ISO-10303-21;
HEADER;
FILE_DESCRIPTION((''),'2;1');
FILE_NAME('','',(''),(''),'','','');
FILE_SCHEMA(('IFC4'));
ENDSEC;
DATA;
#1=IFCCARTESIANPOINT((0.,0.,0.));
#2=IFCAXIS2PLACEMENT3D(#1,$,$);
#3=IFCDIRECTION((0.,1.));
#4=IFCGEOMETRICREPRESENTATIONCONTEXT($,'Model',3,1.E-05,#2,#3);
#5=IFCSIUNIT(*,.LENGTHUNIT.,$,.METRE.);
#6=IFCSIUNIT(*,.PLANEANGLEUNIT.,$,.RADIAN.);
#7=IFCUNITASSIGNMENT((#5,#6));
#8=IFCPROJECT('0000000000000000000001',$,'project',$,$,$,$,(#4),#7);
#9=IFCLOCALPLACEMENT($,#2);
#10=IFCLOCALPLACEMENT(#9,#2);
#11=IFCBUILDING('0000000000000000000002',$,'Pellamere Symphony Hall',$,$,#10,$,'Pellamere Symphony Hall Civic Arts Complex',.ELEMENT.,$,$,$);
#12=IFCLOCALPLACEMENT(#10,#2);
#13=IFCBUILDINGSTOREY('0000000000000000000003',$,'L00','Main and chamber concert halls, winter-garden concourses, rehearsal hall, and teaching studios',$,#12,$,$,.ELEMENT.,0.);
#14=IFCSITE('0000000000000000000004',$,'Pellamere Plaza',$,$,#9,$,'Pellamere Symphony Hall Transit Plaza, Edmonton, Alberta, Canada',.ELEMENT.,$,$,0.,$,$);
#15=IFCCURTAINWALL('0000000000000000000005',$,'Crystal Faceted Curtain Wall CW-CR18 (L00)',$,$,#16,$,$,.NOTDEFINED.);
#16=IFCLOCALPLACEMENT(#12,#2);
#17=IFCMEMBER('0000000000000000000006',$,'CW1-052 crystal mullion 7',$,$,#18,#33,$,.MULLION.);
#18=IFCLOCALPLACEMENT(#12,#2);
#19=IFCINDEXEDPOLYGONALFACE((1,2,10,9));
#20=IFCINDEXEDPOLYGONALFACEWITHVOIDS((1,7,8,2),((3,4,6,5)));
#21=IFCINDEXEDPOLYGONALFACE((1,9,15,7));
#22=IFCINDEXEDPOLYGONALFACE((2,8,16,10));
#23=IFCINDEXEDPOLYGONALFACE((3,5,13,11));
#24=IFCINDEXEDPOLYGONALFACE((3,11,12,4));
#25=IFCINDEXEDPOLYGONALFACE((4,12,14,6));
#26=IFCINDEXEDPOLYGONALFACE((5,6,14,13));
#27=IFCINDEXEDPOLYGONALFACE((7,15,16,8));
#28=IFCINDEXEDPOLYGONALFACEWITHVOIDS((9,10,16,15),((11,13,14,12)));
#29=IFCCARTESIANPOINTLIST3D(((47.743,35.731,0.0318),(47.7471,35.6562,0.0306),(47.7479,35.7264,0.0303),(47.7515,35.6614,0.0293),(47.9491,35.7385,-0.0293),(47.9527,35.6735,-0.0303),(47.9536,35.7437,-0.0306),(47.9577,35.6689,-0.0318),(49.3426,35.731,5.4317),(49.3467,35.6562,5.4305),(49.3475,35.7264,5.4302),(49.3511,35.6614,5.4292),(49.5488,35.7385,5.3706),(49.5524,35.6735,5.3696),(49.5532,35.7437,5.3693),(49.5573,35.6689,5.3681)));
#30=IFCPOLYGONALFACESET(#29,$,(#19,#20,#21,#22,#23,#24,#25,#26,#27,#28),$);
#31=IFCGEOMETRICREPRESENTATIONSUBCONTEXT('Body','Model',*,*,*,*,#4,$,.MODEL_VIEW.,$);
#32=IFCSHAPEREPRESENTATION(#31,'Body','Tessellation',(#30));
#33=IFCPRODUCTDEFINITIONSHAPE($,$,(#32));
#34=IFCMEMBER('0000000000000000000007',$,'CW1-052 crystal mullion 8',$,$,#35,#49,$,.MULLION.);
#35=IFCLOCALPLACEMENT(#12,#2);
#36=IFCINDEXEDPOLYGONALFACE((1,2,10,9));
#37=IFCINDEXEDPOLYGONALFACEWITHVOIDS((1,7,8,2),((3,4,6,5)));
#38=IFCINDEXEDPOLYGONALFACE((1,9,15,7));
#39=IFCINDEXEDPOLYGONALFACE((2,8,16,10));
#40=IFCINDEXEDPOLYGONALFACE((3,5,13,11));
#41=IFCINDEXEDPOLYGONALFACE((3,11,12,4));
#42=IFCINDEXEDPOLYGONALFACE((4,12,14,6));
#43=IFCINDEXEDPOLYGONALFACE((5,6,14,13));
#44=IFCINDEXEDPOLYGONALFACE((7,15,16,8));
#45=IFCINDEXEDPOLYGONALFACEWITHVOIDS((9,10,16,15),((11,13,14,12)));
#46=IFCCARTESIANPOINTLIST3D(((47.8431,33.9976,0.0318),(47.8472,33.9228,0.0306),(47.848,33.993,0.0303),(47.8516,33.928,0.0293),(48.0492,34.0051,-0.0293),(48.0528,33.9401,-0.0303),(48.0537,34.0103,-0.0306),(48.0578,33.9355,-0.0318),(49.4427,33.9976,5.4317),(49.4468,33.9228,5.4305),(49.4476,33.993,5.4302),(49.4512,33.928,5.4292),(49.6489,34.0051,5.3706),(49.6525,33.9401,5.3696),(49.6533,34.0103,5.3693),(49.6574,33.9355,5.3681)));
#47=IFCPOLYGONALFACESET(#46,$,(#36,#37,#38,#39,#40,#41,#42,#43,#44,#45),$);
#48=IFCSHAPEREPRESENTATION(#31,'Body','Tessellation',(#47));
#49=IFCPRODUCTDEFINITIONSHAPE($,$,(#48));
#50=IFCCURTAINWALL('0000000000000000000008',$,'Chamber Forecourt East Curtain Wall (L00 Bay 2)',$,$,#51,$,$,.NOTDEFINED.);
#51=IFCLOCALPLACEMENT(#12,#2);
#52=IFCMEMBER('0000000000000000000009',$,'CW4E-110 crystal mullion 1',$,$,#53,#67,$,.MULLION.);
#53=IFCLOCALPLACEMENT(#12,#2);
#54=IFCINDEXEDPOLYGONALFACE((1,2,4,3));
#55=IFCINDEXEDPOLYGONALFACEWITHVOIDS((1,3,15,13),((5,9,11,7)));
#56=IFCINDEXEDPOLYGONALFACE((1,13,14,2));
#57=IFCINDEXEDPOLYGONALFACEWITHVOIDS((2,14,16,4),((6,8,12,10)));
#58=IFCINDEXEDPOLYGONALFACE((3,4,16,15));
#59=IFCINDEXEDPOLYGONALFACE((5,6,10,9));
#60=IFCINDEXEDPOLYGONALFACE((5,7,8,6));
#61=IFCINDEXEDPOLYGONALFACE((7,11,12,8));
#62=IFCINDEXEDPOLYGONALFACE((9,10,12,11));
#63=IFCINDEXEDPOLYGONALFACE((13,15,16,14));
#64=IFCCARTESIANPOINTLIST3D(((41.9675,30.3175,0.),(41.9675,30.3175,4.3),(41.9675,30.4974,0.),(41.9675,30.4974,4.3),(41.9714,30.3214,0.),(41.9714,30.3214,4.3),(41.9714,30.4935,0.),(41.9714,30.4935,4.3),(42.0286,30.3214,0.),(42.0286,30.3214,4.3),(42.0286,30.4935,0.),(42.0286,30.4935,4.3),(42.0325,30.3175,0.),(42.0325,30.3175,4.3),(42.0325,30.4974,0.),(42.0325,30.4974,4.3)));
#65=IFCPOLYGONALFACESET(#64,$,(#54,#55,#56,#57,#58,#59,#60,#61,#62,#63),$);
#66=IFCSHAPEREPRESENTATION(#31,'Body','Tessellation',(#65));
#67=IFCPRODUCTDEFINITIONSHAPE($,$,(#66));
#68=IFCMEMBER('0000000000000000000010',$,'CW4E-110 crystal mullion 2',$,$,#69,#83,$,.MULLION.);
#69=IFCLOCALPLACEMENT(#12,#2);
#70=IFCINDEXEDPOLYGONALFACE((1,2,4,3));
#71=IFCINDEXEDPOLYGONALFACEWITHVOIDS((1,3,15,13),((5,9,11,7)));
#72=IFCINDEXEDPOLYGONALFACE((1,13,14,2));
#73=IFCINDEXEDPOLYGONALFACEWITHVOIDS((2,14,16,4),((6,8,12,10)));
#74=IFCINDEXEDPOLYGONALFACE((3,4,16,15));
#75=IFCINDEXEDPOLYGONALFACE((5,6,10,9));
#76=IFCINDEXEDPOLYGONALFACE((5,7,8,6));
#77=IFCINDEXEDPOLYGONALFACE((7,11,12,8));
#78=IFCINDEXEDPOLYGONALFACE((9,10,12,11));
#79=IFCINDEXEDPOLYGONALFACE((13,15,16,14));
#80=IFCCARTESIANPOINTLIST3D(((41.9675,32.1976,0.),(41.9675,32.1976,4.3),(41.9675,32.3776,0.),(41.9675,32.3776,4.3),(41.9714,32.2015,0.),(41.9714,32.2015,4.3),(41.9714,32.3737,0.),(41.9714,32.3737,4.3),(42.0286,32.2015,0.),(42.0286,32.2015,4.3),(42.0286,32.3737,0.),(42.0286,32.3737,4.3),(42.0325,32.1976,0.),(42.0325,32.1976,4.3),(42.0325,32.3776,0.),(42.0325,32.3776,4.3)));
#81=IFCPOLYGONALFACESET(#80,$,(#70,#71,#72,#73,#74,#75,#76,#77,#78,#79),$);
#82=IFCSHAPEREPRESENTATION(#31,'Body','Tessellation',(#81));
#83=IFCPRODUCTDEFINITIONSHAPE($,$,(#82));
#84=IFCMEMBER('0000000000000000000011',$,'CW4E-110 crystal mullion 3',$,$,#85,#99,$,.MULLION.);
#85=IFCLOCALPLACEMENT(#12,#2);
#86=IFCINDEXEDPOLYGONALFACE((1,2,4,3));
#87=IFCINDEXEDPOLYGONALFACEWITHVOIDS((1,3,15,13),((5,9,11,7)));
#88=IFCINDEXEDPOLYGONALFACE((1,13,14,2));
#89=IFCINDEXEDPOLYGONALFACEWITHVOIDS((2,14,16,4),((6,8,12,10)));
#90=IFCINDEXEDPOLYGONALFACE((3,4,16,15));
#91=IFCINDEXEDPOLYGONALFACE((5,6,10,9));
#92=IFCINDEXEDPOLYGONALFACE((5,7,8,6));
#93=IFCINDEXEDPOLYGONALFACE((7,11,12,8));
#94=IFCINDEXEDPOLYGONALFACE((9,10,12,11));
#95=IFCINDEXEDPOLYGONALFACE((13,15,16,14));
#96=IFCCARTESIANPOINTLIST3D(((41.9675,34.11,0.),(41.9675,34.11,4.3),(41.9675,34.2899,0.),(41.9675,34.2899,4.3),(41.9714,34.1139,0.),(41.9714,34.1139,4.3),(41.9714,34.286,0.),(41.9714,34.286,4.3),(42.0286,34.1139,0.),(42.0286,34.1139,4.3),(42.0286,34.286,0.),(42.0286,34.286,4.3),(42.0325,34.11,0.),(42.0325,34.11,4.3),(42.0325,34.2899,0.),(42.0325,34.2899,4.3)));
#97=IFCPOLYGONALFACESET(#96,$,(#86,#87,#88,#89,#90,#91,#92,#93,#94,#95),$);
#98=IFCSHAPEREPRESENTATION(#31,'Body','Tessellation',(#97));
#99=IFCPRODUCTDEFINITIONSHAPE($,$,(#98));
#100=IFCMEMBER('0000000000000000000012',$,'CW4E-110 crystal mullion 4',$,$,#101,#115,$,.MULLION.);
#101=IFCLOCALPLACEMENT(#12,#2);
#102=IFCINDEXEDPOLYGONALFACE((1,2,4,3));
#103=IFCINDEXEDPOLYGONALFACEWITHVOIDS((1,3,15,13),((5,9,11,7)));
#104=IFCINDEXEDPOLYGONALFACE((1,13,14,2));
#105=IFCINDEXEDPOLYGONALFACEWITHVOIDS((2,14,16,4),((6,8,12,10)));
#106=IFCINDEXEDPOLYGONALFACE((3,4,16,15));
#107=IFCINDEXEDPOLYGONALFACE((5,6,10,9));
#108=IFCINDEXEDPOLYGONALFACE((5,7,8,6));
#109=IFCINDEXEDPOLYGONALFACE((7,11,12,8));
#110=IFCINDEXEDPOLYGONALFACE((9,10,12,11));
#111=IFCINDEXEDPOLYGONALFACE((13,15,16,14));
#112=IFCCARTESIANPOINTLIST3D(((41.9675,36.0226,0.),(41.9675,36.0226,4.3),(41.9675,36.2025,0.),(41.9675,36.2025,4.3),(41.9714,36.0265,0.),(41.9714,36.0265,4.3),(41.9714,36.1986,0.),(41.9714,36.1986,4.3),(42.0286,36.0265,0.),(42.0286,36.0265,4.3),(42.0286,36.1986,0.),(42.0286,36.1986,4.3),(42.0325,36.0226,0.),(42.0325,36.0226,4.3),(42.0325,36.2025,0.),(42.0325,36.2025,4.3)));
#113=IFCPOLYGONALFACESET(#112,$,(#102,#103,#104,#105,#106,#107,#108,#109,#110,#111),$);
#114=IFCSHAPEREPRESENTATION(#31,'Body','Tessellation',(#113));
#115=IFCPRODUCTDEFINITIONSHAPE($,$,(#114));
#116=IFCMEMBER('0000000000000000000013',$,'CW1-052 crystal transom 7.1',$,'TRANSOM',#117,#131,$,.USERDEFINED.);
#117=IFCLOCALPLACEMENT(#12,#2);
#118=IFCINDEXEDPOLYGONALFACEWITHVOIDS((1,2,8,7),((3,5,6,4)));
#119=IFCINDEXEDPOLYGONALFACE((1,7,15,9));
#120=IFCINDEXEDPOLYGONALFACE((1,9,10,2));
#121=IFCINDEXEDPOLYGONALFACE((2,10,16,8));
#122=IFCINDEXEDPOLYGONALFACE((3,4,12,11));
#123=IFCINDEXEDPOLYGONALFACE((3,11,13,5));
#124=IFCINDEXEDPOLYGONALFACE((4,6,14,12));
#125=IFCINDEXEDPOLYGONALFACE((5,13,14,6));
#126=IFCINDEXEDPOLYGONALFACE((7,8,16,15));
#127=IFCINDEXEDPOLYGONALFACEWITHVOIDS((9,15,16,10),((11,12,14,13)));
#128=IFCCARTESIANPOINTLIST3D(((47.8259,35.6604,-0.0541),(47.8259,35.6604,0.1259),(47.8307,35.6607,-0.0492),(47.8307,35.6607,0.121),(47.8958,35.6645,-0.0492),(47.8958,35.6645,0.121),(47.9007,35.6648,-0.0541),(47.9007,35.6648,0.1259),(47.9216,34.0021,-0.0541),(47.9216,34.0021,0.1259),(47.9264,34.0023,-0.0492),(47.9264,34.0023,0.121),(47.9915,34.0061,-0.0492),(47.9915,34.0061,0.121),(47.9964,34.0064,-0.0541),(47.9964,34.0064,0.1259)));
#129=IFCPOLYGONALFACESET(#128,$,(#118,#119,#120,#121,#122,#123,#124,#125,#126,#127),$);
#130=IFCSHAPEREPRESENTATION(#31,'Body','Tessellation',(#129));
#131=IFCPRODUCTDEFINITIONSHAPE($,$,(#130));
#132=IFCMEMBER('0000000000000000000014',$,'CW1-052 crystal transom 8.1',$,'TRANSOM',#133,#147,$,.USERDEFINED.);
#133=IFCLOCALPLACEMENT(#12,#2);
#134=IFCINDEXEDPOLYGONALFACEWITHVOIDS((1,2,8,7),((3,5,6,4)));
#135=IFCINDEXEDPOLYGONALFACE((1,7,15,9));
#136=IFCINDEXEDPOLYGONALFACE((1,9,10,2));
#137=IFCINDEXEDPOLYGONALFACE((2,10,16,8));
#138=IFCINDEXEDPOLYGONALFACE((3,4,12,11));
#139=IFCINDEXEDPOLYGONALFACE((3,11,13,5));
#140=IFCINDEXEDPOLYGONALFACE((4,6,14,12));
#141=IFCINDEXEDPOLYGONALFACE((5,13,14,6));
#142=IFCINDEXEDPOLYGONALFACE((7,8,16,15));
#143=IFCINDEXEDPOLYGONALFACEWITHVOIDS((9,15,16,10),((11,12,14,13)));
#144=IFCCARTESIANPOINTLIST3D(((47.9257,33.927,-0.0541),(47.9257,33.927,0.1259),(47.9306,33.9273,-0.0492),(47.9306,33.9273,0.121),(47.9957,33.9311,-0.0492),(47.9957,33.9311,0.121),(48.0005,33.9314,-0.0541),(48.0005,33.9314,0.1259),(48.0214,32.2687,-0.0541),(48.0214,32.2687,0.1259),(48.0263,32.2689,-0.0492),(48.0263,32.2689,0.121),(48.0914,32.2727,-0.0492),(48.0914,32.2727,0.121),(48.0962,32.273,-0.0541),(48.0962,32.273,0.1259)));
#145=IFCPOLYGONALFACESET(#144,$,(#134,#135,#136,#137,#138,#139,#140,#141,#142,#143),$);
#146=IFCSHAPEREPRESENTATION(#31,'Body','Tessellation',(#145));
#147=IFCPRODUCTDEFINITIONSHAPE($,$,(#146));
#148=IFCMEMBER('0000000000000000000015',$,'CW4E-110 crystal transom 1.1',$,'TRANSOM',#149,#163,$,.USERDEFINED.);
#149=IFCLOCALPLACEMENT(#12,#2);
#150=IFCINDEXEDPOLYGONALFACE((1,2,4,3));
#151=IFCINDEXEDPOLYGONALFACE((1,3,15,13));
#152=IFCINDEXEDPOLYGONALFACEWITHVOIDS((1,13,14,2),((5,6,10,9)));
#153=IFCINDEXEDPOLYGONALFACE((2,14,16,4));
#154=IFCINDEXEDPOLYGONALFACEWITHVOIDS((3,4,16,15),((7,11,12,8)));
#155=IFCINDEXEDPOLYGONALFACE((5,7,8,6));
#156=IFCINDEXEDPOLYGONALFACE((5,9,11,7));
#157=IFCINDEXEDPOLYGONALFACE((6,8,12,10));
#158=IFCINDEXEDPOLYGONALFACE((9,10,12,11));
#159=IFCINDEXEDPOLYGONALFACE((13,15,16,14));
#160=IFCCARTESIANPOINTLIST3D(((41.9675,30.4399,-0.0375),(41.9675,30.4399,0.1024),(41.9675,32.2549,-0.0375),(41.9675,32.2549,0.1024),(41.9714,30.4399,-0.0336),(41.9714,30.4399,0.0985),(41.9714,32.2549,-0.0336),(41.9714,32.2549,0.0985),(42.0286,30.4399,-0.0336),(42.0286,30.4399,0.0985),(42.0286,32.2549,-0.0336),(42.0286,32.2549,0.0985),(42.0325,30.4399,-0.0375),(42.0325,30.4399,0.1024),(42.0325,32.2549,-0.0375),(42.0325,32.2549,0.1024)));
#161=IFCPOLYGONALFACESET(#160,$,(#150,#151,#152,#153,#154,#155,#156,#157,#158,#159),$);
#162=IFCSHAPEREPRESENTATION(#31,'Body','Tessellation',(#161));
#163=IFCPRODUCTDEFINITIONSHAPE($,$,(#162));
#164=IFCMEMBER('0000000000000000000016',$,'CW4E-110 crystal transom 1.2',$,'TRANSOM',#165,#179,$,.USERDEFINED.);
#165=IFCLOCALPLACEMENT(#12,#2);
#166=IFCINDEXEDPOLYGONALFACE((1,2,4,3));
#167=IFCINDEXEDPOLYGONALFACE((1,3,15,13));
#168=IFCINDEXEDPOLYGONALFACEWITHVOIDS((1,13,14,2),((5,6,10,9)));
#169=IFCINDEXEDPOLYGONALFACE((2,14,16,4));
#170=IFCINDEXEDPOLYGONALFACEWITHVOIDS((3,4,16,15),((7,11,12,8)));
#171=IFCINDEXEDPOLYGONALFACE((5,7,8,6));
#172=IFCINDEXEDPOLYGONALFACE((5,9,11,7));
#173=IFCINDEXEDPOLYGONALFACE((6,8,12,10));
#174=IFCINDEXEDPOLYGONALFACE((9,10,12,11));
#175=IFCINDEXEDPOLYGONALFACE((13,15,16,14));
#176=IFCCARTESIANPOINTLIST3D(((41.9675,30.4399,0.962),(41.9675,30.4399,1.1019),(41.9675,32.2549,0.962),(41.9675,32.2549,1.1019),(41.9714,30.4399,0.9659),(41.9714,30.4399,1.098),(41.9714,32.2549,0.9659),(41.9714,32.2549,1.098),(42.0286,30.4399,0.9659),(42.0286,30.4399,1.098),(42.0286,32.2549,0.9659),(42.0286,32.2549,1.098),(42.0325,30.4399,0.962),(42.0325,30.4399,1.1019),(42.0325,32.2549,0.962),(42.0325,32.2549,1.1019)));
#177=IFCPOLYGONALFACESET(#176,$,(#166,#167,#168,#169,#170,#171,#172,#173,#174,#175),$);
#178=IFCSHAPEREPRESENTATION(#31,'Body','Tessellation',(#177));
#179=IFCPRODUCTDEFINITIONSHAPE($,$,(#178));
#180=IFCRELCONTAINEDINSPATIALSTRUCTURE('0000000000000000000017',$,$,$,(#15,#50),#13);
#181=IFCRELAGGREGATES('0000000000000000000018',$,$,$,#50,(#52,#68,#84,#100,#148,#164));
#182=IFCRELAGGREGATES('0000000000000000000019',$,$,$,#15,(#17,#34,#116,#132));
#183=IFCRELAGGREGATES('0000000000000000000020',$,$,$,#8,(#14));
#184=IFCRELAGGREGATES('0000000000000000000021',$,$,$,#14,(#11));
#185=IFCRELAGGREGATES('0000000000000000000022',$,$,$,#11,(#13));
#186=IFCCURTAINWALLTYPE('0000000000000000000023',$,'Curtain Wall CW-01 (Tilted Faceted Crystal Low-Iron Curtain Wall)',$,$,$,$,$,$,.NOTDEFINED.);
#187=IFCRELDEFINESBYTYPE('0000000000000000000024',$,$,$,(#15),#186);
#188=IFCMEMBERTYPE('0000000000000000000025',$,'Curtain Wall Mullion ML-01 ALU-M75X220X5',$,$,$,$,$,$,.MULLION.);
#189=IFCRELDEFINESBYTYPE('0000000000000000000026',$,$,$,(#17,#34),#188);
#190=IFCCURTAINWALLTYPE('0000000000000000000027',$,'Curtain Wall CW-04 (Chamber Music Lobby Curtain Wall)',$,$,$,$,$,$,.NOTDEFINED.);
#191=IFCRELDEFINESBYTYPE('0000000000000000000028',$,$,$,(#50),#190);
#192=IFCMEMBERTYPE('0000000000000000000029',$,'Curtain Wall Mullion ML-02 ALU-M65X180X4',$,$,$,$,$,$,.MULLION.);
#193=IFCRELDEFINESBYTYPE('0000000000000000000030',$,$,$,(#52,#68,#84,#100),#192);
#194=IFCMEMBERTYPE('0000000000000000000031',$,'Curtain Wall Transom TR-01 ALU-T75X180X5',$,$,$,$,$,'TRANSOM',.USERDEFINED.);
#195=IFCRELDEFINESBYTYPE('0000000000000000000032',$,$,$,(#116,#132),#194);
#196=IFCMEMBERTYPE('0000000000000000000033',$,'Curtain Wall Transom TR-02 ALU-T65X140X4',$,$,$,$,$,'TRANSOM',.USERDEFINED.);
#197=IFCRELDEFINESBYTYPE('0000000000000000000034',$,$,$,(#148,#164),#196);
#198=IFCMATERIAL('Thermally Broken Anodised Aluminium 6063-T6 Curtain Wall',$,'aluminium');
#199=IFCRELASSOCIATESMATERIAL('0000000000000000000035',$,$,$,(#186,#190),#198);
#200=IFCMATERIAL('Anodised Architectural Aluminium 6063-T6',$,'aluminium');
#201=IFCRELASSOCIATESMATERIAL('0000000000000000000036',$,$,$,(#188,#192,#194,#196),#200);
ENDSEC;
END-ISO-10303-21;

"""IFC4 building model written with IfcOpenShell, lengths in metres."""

from ifc_helpers import new_model, si_unit, direction, frame, origin, origin_2d, place, context, subcontext, project, spatial, hollow_rectangle, extrude, material, material_profile, profile_set, type_object, element, aggregate, save


model = new_model("IFC4")

# Units and contexts
model_context = context("Model", 3, precision=1e-05, world=origin(), true_north=direction((0.0, 1.0)))
body_context = subcontext(model_context, "Body", "Model", "MODEL_VIEW")
ifc_project = project(units=[si_unit("LENGTHUNIT", "METRE"), si_unit("PLANEANGLEUNIT", "RADIAN")], contexts=[model_context])

# Site, building, storey
site_placement = place(None, origin())
site = spatial("IfcSite", under=ifc_project, at=site_placement, Name="Pellamere Plaza", LongName="Pellamere Symphony Hall Transit Plaza, Edmonton, Alberta, Canada", CompositionType="ELEMENT", RefElevation=0.0)
building_placement = place(site_placement, origin())
building = spatial("IfcBuilding", under=site, at=building_placement, Name="Pellamere Symphony Hall", LongName="Pellamere Symphony Hall Civic Arts Complex", CompositionType="ELEMENT")
storey_placement = place(building_placement, origin())
storey = spatial("IfcBuildingStorey", under=building, at=storey_placement, Name="L00", Description="Main and chamber concert halls, winter-garden concourses, rehearsal hall, and teaching studios", CompositionType="ELEMENT", Elevation=0.0)

# Curtain walls, members
ifc_material_1 = material(Name="Thermally Broken Anodised Aluminium 6063-T6 Curtain Wall", Category="aluminium")
curtain_wall_type_1 = type_object("IfcCurtainWallType", Name="Curtain Wall CW-01 (Tilted Faceted Crystal Low-Iron Curtain Wall)", PredefinedType="NOTDEFINED", material=ifc_material_1)
curtain_wall_1_placement = place(storey_placement, origin())
curtain_wall_1 = element("IfcCurtainWall", 1, at=curtain_wall_1_placement, inside=storey, type_object=curtain_wall_type_1, Name="Crystal Faceted Curtain Wall CW-CR18 (L00)", PredefinedType="NOTDEFINED")
ifc_material_2 = material(Name="Anodised Architectural Aluminium 6063-T6", Category="aluminium")
ifc_material_profile_1 = material_profile(ifc_material_2, hollow_rectangle(XDim=0.075, YDim=0.22, WallThickness=0.0049, at=origin_2d()), Name="ALU-M75X220X5")
ifc_profile_set_1 = profile_set([ifc_material_profile_1], Name="Anodised Architectural Aluminium 6063-T6")
member_type_1 = type_object("IfcMemberType", Name="Curtain Wall Mullion ML-01 ALU-M75X220X5", PredefinedType="MULLION", material=ifc_profile_set_1)
member_1_placement = place(storey_placement, frame((47.8503, 35.7, 0.0), z_axis=(0.284029, 0.0, 0.958816), x_axis=(-0.055224, 0.99834, 0.016359)))
member_1 = element("IfcMember", 2, at=member_1_placement, type_object=member_type_1, Name="CW1-052 crystal mullion 7", PredefinedType="MULLION", context=body_context, shape_type="SweptSolid", body=[
    extrude(hollow_rectangle(XDim=0.075, YDim=0.22, WallThickness=0.0049, at=origin_2d()), origin(), (0.0, 0.0, 1.0), 5.6318),
])
member_2_placement = place(storey_placement, frame((47.9504, 33.9666, 0.0), z_axis=(0.284029, 0.0, 0.958816), x_axis=(-0.055224, 0.99834, 0.016359)))
member_2 = element("IfcMember", 3, at=member_2_placement, type_object=member_type_1, Name="CW1-052 crystal mullion 8", PredefinedType="MULLION", context=body_context, shape_type="SweptSolid", body=[
    extrude(hollow_rectangle(XDim=0.075, YDim=0.22, WallThickness=0.0049, at=origin_2d()), origin(), (0.0, 0.0, 1.0), 5.6318),
])
curtain_wall_type_2 = type_object("IfcCurtainWallType", Name="Curtain Wall CW-04 (Chamber Music Lobby Curtain Wall)", PredefinedType="NOTDEFINED", material=ifc_material_1)
curtain_wall_2_placement = place(storey_placement, origin())
curtain_wall_2 = element("IfcCurtainWall", 4, at=curtain_wall_2_placement, inside=storey, type_object=curtain_wall_type_2, Name="Chamber Forecourt East Curtain Wall (L00 Bay 2)", PredefinedType="NOTDEFINED")
ifc_material_profile_2 = material_profile(ifc_material_2, hollow_rectangle(XDim=0.0649, YDim=0.1799, WallThickness=0.0039, at=origin_2d()), Name="ALU-M65X180X4")
ifc_profile_set_2 = profile_set([ifc_material_profile_2], Name="Anodised Architectural Aluminium 6063-T6")
member_type_2 = type_object("IfcMemberType", Name="Curtain Wall Mullion ML-02 ALU-M65X180X4", PredefinedType="MULLION", material=ifc_profile_set_2)
member_3_placement = place(storey_placement, frame((42.0, 30.4075, 0.0), z_axis=(0.0, 0.0, 1.0), x_axis=(-1.0, 0.0, 0.0)))
member_3 = element("IfcMember", 5, at=member_3_placement, type_object=member_type_2, Name="CW4E-110 crystal mullion 1", PredefinedType="MULLION", context=body_context, shape_type="SweptSolid", body=[
    extrude(hollow_rectangle(XDim=0.0649, YDim=0.1799, WallThickness=0.0039, at=origin_2d()), origin(), (0.0, 0.0, 1.0), 4.3),
])
member_4_placement = place(storey_placement, frame((42.0, 32.2876, 0.0), z_axis=(0.0, 0.0, 1.0), x_axis=(-1.0, 0.0, 0.0)))
member_4 = element("IfcMember", 6, at=member_4_placement, type_object=member_type_2, Name="CW4E-110 crystal mullion 2", PredefinedType="MULLION", context=body_context, shape_type="SweptSolid", body=[
    extrude(hollow_rectangle(XDim=0.0649, YDim=0.1799, WallThickness=0.0039, at=origin_2d()), origin(), (0.0, 0.0, 1.0), 4.3),
])
member_5_placement = place(storey_placement, frame((42.0, 34.2, 0.0), z_axis=(0.0, 0.0, 1.0), x_axis=(-1.0, 0.0, 0.0)))
member_5 = element("IfcMember", 7, at=member_5_placement, type_object=member_type_2, Name="CW4E-110 crystal mullion 3", PredefinedType="MULLION", context=body_context, shape_type="SweptSolid", body=[
    extrude(hollow_rectangle(XDim=0.0649, YDim=0.1799, WallThickness=0.0039, at=origin_2d()), origin(), (0.0, 0.0, 1.0), 4.3),
])
member_6_placement = place(storey_placement, frame((42.0, 36.1125, 0.0), z_axis=(0.0, 0.0, 1.0), x_axis=(-1.0, 0.0, 0.0)))
member_6 = element("IfcMember", 8, at=member_6_placement, type_object=member_type_2, Name="CW4E-110 crystal mullion 4", PredefinedType="MULLION", context=body_context, shape_type="SweptSolid", body=[
    extrude(hollow_rectangle(XDim=0.0649, YDim=0.1799, WallThickness=0.0039, at=origin_2d()), origin(), (0.0, 0.0, 1.0), 4.3),
])

# Members
ifc_material_profile_3 = material_profile(ifc_material_2, hollow_rectangle(XDim=0.075, YDim=0.1799, WallThickness=0.0049, at=origin_2d()), Name="ALU-T75X180X5")
ifc_profile_set_3 = profile_set([ifc_material_profile_3], Name="Anodised Architectural Aluminium 6063-T6")
member_type_3 = type_object("IfcMemberType", Name="Curtain Wall Transom TR-01 ALU-T75X180X5", ElementType="TRANSOM", PredefinedType="USERDEFINED", material=ifc_profile_set_3)
member_7_placement = place(storey_placement, frame((47.8633, 35.6626, 0.0359), z_axis=(0.057611, -0.998339, 0.0), x_axis=(0.998339, 0.057611, 0.0)))
member_7 = element("IfcMember", 9, at=member_7_placement, type_object=member_type_3, Name="CW1-052 crystal transom 7.1", ObjectType="TRANSOM", PredefinedType="USERDEFINED", context=body_context, shape_type="SweptSolid", body=[
    extrude(hollow_rectangle(XDim=0.075, YDim=0.1799, WallThickness=0.0049, at=origin_2d()), origin(), (0.0, 0.0, 1.0), 1.6611),
])
member_8_placement = place(storey_placement, frame((47.9631, 33.9292, 0.0359), z_axis=(0.057611, -0.998339, 0.0), x_axis=(0.998339, 0.057611, 0.0)))
member_8 = element("IfcMember", 10, at=member_8_placement, type_object=member_type_3, Name="CW1-052 crystal transom 8.1", ObjectType="TRANSOM", PredefinedType="USERDEFINED", context=body_context, shape_type="SweptSolid", body=[
    extrude(hollow_rectangle(XDim=0.075, YDim=0.1799, WallThickness=0.0049, at=origin_2d()), origin(), (0.0, 0.0, 1.0), 1.6611),
])
ifc_material_profile_4 = material_profile(ifc_material_2, hollow_rectangle(XDim=0.0649, YDim=0.1399, WallThickness=0.0039, at=origin_2d()), Name="ALU-T65X140X4")
ifc_profile_set_4 = profile_set([ifc_material_profile_4], Name="Anodised Architectural Aluminium 6063-T6")
member_type_4 = type_object("IfcMemberType", Name="Curtain Wall Transom TR-02 ALU-T65X140X4", ElementType="TRANSOM", PredefinedType="USERDEFINED", material=ifc_profile_set_4)
member_9_placement = place(storey_placement, frame((42.0, 30.4399, 0.0325), z_axis=(0.0, 1.0, 0.0), x_axis=(-1.0, 0.0, 0.0)))
member_9 = element("IfcMember", 11, at=member_9_placement, type_object=member_type_4, Name="CW4E-110 crystal transom 1.1", ObjectType="TRANSOM", PredefinedType="USERDEFINED", context=body_context, shape_type="SweptSolid", body=[
    extrude(hollow_rectangle(XDim=0.0649, YDim=0.1399, WallThickness=0.0039, at=origin_2d()), origin(), (0.0, 0.0, 1.0), 1.8149),
])
member_10_placement = place(storey_placement, frame((42.0, 30.4399, 1.032), z_axis=(0.0, 1.0, 0.0), x_axis=(-1.0, 0.0, 0.0)))
member_10 = element("IfcMember", 12, at=member_10_placement, type_object=member_type_4, Name="CW4E-110 crystal transom 1.2", ObjectType="TRANSOM", PredefinedType="USERDEFINED", context=body_context, shape_type="SweptSolid", body=[
    extrude(hollow_rectangle(XDim=0.0649, YDim=0.1399, WallThickness=0.0039, at=origin_2d()), origin(), (0.0, 0.0, 1.0), 1.8149),
])

aggregate(curtain_wall_2, [member_3, member_4, member_5, member_6, member_9, member_10])
aggregate(curtain_wall_1, [member_1, member_2, member_7, member_8])

save(model, "model.ifc")
